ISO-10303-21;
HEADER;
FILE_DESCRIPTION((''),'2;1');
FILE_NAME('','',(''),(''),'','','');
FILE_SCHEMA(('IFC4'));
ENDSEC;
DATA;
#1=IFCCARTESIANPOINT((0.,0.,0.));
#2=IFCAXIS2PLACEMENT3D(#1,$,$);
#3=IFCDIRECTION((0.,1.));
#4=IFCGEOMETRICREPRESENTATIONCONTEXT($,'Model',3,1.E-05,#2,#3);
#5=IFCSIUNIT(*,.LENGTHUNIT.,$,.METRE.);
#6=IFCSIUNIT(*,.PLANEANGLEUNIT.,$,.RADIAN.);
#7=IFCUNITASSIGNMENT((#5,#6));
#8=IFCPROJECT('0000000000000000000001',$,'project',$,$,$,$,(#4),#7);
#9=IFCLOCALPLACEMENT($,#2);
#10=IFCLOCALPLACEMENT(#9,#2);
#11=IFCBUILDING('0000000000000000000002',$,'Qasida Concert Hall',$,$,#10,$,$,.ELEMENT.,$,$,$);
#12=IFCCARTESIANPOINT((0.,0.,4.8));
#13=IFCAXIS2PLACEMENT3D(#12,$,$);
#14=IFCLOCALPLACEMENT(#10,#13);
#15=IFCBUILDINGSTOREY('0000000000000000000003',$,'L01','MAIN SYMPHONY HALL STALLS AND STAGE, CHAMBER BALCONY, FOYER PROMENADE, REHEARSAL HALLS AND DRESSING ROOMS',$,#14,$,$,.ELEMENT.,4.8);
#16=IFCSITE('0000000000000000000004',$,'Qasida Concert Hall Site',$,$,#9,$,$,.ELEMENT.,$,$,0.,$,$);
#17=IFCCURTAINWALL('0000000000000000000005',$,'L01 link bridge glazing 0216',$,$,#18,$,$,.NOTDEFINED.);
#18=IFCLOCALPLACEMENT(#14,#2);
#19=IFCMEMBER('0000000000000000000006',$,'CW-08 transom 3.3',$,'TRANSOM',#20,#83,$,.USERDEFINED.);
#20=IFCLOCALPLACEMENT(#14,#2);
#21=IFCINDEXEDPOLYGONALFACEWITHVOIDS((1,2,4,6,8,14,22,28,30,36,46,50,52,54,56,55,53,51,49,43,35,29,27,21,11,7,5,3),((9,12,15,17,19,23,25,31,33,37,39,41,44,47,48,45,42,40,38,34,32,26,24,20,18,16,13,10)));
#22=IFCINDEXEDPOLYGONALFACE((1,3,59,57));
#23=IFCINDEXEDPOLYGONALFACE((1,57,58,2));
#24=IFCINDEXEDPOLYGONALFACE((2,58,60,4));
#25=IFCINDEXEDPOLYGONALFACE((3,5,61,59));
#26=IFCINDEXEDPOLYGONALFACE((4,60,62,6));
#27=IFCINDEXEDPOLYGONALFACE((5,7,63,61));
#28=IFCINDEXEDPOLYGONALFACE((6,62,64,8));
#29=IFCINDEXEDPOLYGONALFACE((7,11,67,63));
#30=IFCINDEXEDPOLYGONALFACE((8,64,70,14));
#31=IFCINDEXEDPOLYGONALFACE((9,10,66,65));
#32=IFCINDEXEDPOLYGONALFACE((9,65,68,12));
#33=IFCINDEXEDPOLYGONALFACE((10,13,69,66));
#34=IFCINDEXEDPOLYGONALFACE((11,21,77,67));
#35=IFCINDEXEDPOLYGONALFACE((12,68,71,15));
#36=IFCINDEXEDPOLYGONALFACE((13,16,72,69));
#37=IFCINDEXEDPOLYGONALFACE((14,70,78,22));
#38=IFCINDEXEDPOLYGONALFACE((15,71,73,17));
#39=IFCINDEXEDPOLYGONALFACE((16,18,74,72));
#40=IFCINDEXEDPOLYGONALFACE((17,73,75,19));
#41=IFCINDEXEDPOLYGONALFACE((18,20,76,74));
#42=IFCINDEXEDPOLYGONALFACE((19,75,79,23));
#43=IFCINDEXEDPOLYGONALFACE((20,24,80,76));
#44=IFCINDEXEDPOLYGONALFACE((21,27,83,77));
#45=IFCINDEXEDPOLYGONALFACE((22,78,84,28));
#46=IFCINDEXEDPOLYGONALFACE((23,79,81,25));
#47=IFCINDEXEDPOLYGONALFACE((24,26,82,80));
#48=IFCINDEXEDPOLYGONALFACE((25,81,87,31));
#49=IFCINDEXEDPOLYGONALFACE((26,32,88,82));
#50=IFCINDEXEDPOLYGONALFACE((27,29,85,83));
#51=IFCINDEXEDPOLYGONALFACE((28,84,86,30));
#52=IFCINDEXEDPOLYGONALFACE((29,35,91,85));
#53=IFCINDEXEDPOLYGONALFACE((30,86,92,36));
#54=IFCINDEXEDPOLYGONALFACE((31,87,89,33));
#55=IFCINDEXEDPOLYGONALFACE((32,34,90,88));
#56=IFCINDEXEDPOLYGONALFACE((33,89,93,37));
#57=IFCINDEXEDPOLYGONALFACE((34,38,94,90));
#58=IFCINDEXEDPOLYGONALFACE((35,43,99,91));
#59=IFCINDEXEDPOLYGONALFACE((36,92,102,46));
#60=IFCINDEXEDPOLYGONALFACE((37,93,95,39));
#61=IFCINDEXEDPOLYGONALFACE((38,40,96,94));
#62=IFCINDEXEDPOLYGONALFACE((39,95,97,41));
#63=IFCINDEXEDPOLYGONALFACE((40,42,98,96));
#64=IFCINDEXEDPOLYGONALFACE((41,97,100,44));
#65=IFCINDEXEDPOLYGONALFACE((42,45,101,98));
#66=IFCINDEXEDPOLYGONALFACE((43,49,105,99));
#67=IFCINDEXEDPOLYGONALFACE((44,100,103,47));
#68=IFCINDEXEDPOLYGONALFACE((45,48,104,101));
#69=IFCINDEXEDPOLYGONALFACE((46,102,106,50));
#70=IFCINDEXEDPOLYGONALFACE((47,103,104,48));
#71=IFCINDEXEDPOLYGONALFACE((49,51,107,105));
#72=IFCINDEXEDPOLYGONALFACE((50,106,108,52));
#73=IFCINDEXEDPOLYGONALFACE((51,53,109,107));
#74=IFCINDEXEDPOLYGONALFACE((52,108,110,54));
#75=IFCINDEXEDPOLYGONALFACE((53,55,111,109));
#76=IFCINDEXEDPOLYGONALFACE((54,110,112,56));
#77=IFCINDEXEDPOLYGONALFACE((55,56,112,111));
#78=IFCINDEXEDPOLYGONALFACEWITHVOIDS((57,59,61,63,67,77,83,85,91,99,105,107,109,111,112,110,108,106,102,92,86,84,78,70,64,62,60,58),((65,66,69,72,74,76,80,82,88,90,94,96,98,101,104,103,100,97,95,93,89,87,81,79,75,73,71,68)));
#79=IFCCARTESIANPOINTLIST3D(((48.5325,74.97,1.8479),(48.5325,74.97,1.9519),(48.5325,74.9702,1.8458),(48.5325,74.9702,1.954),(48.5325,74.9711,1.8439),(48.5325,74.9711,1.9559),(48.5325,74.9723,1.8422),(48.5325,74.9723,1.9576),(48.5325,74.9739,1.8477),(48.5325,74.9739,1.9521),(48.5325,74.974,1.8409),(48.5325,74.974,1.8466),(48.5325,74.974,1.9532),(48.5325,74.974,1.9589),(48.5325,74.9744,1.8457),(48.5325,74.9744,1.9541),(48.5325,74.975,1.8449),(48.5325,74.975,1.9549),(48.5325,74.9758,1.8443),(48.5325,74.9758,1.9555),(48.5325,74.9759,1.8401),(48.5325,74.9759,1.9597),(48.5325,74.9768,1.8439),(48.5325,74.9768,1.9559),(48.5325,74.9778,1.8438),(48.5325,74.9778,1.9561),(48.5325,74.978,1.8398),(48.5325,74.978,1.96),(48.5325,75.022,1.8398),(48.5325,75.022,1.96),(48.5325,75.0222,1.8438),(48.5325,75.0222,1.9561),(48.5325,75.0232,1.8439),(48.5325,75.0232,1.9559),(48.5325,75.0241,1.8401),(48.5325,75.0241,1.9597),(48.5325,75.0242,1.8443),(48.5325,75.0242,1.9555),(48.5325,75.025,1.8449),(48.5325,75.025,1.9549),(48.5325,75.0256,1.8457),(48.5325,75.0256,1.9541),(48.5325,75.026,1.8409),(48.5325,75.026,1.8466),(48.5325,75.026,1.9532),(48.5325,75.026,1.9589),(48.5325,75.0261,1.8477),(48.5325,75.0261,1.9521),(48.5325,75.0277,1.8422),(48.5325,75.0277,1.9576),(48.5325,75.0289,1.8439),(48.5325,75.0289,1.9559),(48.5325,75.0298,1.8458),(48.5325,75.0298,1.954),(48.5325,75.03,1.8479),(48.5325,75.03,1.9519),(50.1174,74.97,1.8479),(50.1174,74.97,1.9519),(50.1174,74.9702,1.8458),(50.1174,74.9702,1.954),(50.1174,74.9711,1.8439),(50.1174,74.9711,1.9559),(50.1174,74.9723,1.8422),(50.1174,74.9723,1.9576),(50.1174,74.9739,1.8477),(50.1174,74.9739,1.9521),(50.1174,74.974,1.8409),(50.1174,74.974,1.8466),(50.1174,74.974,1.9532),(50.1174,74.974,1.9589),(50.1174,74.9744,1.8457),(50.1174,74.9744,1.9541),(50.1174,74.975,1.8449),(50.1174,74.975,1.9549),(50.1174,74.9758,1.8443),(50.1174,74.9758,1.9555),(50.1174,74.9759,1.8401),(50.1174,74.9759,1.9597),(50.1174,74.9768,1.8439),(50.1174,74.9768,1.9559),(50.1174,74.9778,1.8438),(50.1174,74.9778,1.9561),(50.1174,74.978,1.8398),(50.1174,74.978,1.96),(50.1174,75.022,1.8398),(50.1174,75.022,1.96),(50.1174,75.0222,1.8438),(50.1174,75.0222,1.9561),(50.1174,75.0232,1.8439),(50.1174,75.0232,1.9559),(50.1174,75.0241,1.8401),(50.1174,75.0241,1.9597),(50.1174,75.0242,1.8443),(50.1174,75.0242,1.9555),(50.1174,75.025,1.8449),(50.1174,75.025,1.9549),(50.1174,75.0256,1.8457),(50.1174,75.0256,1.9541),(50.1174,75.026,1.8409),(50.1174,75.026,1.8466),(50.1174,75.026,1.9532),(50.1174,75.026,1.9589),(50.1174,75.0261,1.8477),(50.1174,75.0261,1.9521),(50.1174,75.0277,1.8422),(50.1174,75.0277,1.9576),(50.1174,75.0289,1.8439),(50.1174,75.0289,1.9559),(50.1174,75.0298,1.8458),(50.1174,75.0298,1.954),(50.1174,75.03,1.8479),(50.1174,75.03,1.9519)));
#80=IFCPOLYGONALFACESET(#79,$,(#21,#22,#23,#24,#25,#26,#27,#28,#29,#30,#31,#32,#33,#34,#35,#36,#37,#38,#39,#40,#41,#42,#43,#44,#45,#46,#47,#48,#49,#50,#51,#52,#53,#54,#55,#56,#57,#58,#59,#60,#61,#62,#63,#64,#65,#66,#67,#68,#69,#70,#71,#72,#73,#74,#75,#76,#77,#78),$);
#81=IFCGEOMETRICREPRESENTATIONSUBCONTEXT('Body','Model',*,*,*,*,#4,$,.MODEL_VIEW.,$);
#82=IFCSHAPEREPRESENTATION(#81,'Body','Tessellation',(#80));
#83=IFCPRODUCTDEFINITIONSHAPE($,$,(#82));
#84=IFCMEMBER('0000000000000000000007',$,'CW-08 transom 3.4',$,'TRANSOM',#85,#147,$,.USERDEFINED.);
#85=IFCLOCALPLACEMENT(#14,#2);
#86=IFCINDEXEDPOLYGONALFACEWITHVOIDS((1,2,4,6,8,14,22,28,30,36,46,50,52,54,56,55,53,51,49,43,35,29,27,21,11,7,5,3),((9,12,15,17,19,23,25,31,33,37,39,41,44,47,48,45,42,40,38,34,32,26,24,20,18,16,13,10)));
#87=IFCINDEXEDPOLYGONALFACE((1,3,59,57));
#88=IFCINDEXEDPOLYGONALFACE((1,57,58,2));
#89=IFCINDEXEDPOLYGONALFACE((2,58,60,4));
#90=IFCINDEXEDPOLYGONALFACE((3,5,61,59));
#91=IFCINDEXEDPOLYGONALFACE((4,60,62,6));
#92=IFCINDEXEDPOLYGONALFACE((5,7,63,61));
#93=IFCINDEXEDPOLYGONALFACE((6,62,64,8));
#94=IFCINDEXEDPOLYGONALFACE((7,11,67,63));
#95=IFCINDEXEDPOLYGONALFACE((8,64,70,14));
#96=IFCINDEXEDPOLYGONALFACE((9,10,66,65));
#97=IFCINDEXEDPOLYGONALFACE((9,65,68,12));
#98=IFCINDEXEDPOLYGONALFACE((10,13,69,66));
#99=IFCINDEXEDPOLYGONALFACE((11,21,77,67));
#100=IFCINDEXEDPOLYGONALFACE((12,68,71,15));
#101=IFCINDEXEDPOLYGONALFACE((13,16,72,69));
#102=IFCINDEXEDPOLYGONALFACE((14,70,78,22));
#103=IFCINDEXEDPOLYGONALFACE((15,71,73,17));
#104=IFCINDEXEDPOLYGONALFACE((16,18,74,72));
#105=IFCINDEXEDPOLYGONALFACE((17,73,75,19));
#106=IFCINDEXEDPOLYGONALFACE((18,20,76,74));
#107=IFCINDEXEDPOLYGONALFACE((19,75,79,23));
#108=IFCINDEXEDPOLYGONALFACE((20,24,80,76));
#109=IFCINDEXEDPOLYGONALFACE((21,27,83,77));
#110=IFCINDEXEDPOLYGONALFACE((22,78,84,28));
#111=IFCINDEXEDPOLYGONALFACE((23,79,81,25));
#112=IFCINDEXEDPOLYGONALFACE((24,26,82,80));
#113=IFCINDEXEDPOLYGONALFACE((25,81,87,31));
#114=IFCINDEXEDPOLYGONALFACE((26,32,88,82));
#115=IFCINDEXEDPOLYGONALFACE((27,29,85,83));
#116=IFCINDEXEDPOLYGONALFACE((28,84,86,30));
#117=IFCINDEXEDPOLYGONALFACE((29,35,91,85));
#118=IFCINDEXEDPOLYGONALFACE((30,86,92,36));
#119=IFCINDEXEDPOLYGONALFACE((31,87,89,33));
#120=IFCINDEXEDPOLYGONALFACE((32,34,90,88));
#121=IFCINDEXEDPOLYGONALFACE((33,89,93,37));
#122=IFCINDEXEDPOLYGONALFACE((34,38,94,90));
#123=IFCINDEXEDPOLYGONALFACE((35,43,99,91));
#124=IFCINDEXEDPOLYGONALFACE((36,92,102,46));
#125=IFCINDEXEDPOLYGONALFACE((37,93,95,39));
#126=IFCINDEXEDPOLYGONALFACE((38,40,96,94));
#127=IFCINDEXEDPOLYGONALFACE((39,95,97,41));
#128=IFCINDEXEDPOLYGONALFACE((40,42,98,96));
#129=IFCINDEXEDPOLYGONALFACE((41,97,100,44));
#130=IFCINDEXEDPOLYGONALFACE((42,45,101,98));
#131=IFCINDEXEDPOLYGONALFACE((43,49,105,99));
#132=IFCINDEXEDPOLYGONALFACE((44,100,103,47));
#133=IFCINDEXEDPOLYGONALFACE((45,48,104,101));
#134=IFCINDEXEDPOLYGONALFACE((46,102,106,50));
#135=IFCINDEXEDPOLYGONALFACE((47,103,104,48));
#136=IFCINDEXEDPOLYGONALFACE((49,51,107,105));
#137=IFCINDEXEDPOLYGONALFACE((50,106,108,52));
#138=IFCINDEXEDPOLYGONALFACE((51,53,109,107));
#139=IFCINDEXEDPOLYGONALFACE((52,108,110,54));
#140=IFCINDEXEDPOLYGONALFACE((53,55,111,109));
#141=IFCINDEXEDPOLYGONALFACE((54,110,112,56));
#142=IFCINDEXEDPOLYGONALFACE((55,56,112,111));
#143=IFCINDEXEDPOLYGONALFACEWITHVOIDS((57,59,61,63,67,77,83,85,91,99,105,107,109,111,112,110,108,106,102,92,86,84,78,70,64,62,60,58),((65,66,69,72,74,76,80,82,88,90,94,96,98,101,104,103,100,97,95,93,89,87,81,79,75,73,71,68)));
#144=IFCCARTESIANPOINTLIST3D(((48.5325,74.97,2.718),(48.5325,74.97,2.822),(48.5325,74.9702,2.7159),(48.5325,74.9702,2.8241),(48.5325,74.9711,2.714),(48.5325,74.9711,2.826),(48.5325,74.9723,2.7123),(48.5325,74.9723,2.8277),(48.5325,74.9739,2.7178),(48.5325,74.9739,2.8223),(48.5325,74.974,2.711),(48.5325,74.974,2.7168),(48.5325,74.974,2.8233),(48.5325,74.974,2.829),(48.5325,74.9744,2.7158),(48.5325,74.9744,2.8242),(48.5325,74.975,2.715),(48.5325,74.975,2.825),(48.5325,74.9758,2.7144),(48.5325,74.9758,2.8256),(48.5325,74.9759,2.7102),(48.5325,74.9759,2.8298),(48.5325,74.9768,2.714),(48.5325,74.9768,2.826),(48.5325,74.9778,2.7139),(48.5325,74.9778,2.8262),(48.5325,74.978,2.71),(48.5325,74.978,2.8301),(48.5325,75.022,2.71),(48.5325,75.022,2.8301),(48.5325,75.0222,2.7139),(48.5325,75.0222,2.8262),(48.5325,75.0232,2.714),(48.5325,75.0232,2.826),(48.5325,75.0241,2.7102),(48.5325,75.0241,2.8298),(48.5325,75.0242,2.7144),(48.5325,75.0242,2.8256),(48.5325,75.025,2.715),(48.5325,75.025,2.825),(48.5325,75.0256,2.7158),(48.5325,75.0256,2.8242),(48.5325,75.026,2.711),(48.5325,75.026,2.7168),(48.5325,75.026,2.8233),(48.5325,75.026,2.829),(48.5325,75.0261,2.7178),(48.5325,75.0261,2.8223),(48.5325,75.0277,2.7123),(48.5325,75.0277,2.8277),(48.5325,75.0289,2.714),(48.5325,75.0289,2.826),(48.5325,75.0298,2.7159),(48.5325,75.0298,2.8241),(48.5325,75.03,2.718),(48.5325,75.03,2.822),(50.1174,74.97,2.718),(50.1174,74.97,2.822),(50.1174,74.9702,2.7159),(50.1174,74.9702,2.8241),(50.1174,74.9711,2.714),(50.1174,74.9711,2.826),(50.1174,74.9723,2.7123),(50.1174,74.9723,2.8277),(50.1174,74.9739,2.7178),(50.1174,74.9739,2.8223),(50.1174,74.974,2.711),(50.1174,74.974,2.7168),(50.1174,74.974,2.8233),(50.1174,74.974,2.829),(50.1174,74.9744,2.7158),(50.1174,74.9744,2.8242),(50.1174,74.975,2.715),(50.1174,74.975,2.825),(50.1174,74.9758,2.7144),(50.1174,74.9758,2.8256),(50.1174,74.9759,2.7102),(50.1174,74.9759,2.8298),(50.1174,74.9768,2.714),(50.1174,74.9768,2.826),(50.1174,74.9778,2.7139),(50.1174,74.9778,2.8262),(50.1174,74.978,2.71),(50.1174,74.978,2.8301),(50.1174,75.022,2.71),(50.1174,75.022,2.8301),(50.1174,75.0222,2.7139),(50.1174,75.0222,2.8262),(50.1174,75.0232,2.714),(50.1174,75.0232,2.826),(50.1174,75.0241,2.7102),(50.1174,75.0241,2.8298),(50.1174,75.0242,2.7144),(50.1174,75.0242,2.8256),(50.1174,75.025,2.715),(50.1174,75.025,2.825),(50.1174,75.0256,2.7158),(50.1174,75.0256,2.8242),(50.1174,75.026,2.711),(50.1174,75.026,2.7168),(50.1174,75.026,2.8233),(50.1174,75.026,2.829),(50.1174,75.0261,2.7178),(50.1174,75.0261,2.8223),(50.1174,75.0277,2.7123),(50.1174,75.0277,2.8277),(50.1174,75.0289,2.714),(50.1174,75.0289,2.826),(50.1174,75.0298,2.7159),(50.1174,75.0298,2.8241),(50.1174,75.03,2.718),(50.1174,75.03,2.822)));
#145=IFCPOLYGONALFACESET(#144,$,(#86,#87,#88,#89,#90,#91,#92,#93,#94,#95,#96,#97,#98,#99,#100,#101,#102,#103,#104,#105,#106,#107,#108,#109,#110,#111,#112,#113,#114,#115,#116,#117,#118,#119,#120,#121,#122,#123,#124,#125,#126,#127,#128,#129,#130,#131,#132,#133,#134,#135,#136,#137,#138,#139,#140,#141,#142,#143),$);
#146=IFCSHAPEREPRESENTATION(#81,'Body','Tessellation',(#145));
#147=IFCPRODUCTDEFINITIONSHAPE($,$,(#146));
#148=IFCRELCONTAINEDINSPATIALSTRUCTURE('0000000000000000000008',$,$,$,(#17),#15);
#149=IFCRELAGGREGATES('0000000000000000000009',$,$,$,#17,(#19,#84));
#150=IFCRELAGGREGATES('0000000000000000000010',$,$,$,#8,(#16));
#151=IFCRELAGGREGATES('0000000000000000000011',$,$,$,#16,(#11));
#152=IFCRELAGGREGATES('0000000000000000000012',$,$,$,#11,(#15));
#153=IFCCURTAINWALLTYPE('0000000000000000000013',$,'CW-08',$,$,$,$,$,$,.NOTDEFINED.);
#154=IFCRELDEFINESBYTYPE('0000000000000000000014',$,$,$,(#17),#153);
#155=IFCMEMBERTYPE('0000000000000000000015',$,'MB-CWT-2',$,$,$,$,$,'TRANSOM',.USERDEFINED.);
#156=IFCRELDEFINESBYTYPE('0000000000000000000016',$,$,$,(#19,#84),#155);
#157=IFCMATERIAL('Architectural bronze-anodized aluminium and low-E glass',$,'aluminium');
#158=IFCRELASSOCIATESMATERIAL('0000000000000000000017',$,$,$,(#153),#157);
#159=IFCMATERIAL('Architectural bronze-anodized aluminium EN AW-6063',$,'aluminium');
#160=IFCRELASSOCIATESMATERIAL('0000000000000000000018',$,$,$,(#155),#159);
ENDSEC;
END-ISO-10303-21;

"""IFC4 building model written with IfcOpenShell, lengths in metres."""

from ifc_helpers import new_model, si_unit, direction, frame, origin, origin_2d, place, context, subcontext, project, spatial, hollow_rectangle, extrude, material, material_profile, profile_set, type_object, element, aggregate, save


model = new_model("IFC4")

# Units and contexts
model_context = context("Model", 3, precision=1e-05, world=origin(), true_north=direction((0.0, 1.0)))
body_context = subcontext(model_context, "Body", "Model", "MODEL_VIEW")
ifc_project = project(units=[si_unit("LENGTHUNIT", "METRE"), si_unit("PLANEANGLEUNIT", "RADIAN")], contexts=[model_context])

# Site, building, storey
site_placement = place(None, origin())
site = spatial("IfcSite", under=ifc_project, at=site_placement, Name="Qasida Concert Hall Site", CompositionType="ELEMENT", RefElevation=0.0)
building_placement = place(site_placement, origin())
building = spatial("IfcBuilding", under=site, at=building_placement, Name="Qasida Concert Hall", CompositionType="ELEMENT")
storey_placement = place(building_placement, frame((0.0, 0.0, 4.8)))
storey = spatial("IfcBuildingStorey", under=building, at=storey_placement, Name="L01", Description="MAIN SYMPHONY HALL STALLS AND STAGE, CHAMBER BALCONY, FOYER PROMENADE, REHEARSAL HALLS AND DRESSING ROOMS", CompositionType="ELEMENT", Elevation=4.8)

# Curtain wall, members
ifc_material_1 = material(Name="Architectural bronze-anodized aluminium and low-E glass", Category="aluminium")
curtain_wall_type = type_object("IfcCurtainWallType", Name="CW-08", PredefinedType="NOTDEFINED", material=ifc_material_1)
curtain_wall_placement = place(storey_placement, origin())
curtain_wall = element("IfcCurtainWall", 1, at=curtain_wall_placement, inside=storey, type_object=curtain_wall_type, Name="L01 link bridge glazing 0216", PredefinedType="NOTDEFINED")
ifc_material_2 = material(Name="Architectural bronze-anodized aluminium EN AW-6063", Category="aluminium")
ifc_material_profile_1 = material_profile(ifc_material_2, hollow_rectangle(XDim=0.0601, YDim=0.1201, WallThickness=0.0039, InnerFilletRadius=0.0039, OuterFilletRadius=0.0081, at=origin_2d()), Name="CWT 120x60x4")
ifc_profile_set_1 = profile_set([ifc_material_profile_1], Name="Architectural bronze-anodized aluminium EN AW-6063")
member_type_1 = type_object("IfcMemberType", Name="MB-CWT-2", ElementType="TRANSOM", PredefinedType="USERDEFINED", material=ifc_profile_set_1)
member_1_placement = place(storey_placement, frame((48.5325, 75.0, 1.8999), z_axis=(1.0, 0.0, 0.0), x_axis=(0.0, 1.0, 0.0)))
member_1 = element("IfcMember", 2, at=member_1_placement, type_object=member_type_1, Name="CW-08 transom 3.3", ObjectType="TRANSOM", PredefinedType="USERDEFINED", context=body_context, shape_type="SweptSolid", body=[
    extrude(hollow_rectangle(XDim=0.0601, YDim=0.1201, WallThickness=0.0039, InnerFilletRadius=0.0039, OuterFilletRadius=0.0081, at=origin_2d()), origin(), (0.0, 0.0, 1.0), 1.585),
])
member_2_placement = place(storey_placement, frame((48.5325, 75.0, 2.77), z_axis=(1.0, 0.0, 0.0), x_axis=(0.0, 1.0, 0.0)))
member_2 = element("IfcMember", 3, at=member_2_placement, type_object=member_type_1, Name="CW-08 transom 3.4", ObjectType="TRANSOM", PredefinedType="USERDEFINED", context=body_context, shape_type="SweptSolid", body=[
    extrude(hollow_rectangle(XDim=0.0601, YDim=0.1201, WallThickness=0.0039, InnerFilletRadius=0.0039, OuterFilletRadius=0.0081, at=origin_2d()), origin(), (0.0, 0.0, 1.0), 1.585),
])
aggregate(curtain_wall, [member_1, member_2])

save(model, "model.ifc")
